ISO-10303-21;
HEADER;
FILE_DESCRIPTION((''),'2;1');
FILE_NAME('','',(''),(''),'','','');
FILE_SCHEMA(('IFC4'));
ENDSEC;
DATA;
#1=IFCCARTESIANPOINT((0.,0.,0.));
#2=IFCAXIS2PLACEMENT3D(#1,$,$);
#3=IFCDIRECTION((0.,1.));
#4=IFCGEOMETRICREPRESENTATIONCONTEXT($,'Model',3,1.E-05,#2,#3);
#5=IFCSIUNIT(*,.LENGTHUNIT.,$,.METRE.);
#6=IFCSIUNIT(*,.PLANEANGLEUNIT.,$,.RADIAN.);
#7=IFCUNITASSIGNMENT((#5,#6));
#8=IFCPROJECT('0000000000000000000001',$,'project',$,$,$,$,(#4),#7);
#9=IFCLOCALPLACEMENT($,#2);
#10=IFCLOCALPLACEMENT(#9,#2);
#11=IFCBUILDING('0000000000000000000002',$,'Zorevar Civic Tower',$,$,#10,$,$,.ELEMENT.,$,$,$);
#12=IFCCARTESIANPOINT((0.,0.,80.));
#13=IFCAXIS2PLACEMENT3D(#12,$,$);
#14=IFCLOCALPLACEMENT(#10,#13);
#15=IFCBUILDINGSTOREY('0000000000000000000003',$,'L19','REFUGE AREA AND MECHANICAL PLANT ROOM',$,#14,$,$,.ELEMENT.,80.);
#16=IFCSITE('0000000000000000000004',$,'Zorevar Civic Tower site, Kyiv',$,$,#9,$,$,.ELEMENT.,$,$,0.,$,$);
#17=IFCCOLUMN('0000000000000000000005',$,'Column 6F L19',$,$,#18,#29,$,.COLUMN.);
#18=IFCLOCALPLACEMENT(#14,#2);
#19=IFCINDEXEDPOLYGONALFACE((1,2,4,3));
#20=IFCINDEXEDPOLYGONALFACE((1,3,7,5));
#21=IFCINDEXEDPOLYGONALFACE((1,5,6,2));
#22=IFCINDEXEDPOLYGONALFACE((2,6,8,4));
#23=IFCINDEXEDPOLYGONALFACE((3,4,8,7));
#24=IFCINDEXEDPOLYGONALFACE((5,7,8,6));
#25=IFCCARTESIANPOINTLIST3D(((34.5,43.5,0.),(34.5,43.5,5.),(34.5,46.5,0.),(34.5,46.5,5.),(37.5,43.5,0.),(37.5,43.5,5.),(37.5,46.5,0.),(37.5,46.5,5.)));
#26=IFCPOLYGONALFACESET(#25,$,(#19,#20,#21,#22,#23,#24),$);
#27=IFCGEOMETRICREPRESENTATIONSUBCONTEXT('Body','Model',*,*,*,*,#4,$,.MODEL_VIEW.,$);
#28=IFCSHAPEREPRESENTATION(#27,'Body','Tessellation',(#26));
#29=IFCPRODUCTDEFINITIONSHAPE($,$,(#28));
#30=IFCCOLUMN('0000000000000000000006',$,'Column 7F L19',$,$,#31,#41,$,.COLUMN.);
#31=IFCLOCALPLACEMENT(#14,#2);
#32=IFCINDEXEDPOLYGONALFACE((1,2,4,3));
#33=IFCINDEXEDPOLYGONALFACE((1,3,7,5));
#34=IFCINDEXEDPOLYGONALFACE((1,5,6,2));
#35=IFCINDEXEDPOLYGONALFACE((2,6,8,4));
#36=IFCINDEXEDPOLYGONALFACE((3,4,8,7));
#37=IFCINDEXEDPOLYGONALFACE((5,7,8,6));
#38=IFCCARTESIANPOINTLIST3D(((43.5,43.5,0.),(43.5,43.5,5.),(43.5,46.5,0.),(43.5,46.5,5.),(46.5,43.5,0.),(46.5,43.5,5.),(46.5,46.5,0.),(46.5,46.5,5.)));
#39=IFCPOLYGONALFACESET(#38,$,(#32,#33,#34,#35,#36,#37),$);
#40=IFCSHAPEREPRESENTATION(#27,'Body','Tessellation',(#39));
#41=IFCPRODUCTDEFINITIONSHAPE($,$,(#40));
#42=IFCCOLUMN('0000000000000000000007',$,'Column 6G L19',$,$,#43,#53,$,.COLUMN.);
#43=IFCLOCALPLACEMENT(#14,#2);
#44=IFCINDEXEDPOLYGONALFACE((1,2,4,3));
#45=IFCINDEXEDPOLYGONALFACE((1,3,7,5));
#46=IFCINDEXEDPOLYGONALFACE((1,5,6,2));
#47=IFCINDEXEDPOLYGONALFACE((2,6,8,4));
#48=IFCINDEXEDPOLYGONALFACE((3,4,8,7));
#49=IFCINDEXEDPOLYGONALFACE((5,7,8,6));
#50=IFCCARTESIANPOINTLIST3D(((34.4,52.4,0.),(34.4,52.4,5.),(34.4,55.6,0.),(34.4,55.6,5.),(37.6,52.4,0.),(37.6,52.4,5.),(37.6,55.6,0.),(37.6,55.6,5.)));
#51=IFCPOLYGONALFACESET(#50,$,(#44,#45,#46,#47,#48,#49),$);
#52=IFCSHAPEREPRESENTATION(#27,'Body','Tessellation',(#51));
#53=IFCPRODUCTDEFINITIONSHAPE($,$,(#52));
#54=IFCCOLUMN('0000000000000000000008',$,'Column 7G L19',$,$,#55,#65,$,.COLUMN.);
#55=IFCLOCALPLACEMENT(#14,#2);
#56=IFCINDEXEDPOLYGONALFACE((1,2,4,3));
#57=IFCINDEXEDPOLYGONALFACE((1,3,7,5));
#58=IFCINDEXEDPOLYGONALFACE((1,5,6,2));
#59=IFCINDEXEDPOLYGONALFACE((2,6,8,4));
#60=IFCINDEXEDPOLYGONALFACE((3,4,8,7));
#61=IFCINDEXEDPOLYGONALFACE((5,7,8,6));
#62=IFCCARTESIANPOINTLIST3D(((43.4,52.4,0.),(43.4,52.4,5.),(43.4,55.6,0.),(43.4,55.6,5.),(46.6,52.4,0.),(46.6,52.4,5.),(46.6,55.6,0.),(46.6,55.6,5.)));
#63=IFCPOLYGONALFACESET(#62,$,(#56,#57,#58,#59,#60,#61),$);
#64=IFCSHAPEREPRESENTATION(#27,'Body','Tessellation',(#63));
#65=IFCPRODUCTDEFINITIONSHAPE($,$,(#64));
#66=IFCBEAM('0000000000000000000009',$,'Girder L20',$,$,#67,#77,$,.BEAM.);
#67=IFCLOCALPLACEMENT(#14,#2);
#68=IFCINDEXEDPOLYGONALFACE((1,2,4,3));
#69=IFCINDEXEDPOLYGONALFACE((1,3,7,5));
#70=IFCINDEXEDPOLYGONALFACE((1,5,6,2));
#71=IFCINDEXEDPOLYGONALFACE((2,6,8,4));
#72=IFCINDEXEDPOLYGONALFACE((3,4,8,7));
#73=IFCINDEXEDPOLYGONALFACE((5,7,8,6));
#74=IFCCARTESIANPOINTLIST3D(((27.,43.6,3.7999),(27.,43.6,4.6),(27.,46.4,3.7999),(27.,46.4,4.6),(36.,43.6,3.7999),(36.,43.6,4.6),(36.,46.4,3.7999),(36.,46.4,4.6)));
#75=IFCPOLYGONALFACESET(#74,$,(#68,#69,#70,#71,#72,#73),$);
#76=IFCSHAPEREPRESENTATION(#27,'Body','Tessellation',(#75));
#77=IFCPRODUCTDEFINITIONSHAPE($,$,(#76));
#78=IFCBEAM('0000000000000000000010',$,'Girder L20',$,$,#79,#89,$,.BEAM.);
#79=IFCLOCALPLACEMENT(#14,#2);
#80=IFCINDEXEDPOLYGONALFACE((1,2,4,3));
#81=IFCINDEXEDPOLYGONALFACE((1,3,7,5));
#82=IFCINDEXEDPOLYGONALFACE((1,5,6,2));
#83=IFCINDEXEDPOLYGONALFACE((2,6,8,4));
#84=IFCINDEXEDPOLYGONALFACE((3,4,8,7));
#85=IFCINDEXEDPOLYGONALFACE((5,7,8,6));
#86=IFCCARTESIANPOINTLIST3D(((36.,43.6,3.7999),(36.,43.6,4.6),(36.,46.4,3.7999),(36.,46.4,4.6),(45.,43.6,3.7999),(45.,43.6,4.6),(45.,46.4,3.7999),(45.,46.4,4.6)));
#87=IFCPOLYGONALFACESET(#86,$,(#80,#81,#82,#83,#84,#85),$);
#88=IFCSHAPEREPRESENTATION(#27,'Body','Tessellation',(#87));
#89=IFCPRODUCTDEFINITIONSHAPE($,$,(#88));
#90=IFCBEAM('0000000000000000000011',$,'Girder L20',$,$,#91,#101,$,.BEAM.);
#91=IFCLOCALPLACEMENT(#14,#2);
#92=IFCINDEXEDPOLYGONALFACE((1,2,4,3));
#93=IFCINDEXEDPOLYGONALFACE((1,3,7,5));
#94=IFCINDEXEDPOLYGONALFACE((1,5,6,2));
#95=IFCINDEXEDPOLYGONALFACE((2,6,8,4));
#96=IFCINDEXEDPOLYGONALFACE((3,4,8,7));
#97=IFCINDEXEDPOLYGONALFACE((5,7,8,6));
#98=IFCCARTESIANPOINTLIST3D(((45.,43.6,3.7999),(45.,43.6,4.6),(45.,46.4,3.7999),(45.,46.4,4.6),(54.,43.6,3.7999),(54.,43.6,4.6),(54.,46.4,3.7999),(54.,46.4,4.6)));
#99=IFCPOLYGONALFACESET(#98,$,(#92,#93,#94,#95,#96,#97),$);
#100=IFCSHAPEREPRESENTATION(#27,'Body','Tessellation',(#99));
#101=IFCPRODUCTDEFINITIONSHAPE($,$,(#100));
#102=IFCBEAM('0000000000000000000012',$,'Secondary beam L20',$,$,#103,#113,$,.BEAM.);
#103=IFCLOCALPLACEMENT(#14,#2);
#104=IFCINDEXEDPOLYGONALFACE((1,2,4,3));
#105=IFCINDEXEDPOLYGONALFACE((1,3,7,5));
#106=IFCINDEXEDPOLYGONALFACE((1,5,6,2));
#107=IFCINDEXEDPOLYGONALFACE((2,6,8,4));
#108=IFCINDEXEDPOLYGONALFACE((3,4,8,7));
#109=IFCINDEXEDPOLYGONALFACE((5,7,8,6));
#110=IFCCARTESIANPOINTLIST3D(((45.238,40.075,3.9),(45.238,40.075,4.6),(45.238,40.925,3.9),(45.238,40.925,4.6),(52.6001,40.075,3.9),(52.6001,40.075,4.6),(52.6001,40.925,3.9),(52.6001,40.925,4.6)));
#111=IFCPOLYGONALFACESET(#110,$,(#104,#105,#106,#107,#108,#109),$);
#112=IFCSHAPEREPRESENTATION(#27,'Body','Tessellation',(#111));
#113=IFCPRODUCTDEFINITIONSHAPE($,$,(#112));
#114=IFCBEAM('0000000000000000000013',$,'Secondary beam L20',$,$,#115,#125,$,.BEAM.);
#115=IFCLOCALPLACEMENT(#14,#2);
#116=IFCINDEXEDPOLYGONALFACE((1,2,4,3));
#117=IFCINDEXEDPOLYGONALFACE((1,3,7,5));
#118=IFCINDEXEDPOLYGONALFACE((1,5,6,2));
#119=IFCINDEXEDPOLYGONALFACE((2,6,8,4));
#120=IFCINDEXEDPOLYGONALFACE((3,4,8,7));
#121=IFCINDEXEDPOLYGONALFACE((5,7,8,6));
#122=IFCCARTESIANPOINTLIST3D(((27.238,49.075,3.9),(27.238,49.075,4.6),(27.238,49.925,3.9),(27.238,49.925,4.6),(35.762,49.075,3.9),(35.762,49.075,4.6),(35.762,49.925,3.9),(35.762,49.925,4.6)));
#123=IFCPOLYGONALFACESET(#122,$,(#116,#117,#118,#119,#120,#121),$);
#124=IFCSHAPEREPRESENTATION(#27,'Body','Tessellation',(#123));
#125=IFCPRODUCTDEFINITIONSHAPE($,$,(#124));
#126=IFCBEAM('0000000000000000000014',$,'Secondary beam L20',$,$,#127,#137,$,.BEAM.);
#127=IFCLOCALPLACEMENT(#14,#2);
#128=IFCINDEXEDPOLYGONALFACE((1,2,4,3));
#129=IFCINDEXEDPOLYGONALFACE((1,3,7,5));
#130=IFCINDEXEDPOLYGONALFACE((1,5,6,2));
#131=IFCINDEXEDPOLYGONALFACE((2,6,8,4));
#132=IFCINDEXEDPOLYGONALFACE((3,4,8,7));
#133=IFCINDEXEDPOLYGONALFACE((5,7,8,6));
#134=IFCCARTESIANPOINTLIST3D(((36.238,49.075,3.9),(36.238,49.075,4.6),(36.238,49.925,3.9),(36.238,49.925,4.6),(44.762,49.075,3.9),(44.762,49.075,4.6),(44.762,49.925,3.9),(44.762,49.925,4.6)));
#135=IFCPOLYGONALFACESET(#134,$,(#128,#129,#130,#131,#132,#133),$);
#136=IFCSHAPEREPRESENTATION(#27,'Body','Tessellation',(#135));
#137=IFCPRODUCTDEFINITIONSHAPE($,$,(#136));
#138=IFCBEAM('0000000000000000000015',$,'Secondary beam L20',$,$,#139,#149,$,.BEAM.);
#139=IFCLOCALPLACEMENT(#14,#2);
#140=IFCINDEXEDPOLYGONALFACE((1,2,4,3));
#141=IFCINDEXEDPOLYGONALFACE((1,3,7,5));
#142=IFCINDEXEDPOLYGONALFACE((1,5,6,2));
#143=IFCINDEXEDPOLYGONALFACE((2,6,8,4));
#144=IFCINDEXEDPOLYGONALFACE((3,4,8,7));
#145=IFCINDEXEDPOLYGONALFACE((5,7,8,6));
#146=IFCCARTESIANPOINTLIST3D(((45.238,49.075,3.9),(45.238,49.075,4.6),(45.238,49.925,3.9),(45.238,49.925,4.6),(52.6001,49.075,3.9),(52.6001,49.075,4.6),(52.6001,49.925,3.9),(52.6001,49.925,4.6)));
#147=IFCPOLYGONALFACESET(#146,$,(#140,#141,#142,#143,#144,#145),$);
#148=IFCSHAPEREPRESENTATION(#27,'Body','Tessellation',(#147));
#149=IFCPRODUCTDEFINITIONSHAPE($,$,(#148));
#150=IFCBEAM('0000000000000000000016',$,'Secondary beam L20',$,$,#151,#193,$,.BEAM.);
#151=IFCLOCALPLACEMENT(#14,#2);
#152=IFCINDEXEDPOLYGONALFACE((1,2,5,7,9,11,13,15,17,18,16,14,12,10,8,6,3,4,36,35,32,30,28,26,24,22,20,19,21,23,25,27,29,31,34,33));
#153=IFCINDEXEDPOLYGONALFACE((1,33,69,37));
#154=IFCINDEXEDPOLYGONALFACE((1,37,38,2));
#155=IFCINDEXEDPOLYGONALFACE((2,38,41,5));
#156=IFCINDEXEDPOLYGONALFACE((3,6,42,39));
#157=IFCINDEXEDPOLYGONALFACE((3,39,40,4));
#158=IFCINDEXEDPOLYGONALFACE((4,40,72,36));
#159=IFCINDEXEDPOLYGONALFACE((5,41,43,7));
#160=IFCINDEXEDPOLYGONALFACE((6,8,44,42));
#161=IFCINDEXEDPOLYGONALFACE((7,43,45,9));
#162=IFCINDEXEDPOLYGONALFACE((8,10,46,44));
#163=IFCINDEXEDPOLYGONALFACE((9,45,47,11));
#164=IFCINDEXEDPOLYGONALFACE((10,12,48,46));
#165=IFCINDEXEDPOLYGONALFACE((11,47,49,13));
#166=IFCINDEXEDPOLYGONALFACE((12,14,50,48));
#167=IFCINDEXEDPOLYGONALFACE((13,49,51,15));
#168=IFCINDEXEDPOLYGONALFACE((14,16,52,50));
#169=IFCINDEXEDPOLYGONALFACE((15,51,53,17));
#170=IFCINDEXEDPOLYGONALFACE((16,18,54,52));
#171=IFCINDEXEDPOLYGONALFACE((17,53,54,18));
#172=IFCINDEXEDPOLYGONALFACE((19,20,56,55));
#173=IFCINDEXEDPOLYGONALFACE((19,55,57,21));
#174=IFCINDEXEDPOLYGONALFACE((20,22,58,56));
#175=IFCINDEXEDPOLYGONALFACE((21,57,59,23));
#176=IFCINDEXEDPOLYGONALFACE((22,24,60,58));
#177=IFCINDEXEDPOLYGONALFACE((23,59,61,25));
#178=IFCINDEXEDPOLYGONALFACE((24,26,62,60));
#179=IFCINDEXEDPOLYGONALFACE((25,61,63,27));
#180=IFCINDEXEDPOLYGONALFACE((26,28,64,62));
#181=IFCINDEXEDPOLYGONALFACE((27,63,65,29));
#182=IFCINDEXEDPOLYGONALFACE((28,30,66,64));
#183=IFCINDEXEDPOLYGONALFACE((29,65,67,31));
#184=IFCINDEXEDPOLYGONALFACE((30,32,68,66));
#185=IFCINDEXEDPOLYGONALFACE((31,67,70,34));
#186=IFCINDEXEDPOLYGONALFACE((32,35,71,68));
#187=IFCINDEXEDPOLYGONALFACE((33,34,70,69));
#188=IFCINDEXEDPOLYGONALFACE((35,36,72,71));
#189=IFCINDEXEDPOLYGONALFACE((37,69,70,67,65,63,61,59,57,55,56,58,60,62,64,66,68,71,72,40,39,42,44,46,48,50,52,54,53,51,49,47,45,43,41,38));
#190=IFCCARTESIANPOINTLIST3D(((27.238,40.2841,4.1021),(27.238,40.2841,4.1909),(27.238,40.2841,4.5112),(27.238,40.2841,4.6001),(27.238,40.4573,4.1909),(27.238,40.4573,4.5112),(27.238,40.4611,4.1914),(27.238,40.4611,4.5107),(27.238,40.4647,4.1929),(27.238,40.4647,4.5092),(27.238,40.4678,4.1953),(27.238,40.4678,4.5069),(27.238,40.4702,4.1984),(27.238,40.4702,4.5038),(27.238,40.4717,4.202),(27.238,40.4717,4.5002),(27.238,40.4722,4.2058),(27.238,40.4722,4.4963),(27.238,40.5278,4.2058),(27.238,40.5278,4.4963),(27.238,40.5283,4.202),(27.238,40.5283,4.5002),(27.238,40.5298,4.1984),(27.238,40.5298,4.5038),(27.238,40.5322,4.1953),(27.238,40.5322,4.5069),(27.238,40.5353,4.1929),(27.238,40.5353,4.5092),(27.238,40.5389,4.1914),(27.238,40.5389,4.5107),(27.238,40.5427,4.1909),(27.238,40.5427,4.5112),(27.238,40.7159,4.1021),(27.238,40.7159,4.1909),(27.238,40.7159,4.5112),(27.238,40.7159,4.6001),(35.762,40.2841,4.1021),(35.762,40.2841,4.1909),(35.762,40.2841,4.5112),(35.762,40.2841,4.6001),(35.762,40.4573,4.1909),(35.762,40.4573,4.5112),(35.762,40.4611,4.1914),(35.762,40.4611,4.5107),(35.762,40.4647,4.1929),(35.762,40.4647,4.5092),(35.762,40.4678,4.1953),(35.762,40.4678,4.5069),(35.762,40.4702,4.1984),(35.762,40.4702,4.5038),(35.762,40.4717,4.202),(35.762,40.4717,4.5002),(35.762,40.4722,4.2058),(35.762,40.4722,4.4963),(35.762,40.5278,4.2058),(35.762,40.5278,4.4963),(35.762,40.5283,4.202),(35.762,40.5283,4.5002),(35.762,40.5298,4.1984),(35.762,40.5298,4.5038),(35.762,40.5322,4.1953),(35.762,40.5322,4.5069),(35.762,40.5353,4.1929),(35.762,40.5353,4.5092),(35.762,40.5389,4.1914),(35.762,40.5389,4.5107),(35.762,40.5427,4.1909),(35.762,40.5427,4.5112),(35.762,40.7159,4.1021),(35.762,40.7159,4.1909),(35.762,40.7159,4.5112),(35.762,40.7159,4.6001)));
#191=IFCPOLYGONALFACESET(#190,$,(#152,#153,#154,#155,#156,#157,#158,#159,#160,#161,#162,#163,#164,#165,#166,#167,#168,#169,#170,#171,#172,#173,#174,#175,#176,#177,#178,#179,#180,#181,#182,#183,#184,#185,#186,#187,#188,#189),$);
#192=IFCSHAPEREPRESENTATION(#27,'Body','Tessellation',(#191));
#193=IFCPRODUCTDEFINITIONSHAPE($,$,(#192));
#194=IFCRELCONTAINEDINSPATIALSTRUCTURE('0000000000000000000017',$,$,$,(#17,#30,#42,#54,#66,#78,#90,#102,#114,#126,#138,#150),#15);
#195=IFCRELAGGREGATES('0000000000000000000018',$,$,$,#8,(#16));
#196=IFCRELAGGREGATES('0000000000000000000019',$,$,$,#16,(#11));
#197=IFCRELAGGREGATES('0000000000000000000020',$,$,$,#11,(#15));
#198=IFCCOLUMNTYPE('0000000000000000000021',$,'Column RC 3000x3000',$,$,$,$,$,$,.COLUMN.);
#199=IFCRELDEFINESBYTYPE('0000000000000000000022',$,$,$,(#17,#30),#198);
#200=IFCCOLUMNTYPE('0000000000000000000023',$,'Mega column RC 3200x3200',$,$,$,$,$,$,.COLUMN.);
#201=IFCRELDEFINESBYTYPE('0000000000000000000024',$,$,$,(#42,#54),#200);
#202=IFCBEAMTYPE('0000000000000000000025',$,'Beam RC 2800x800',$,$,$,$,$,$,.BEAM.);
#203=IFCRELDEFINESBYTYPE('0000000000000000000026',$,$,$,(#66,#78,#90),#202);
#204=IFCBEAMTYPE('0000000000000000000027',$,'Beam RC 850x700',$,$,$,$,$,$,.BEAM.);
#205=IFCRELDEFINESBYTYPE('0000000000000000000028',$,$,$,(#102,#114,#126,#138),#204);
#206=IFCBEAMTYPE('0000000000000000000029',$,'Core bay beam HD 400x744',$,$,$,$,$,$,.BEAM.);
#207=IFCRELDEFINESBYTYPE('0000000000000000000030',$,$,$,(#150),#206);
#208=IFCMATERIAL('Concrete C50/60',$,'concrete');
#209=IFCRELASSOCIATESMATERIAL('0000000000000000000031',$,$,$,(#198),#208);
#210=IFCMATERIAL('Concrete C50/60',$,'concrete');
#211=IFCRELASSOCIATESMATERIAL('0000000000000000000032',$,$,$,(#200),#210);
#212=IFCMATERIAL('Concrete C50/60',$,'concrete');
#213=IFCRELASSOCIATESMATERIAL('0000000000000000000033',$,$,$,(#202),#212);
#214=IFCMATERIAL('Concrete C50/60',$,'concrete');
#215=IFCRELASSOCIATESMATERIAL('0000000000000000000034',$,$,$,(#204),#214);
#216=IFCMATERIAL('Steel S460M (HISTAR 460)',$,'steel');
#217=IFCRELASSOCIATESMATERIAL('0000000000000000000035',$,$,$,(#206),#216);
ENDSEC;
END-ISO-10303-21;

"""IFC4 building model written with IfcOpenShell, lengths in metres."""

from ifc_helpers import new_model, si_unit, direction, frame, origin, origin_2d, place, context, subcontext, project, spatial, rectangle, i_section, extrude, material, material_profile, profile_set, type_object, element, save


model = new_model("IFC4")

# Units and contexts
model_context = context("Model", 3, precision=1e-05, world=origin(), true_north=direction((0.0, 1.0)))
body_context = subcontext(model_context, "Body", "Model", "MODEL_VIEW")
ifc_project = project(units=[si_unit("LENGTHUNIT", "METRE"), si_unit("PLANEANGLEUNIT", "RADIAN")], contexts=[model_context])

# Site, building, storey
site_placement = place(None, origin())
site = spatial("IfcSite", under=ifc_project, at=site_placement, Name="Zorevar Civic Tower site, Kyiv", CompositionType="ELEMENT", RefElevation=0.0)
building_placement = place(site_placement, origin())
building = spatial("IfcBuilding", under=site, at=building_placement, Name="Zorevar Civic Tower", CompositionType="ELEMENT")
storey_placement = place(building_placement, frame((0.0, 0.0, 80.0)))
storey = spatial("IfcBuildingStorey", under=building, at=storey_placement, Name="L19", Description="REFUGE AREA AND MECHANICAL PLANT ROOM", CompositionType="ELEMENT", Elevation=80.0)

# Columns
ifc_material_1 = material(Name="Concrete C50/60", Category="concrete")
ifc_material_profile_1 = material_profile(ifc_material_1, rectangle(XDim=3.0, YDim=3.0, at=origin_2d()), Name="RC 3000x3000")
ifc_profile_set_1 = profile_set([ifc_material_profile_1], Name="Concrete C50/60")
column_type_1 = type_object("IfcColumnType", Name="Column RC 3000x3000", PredefinedType="COLUMN", material=ifc_profile_set_1)
for number, where, z_axis, x_axis, name in (
    (1, (36.0, 45.0, 0.0), (0.0, 0.0, 1.0), (1.0, 0.0, 0.0), "Column 6F L19"),
    (2, (45.0, 45.0, 0.0), (0.0, 0.0, 1.0), (1.0, 0.0, 0.0), "Column 7F L19"),
):
    element("IfcColumn", number, at=place(storey_placement, frame(where, z_axis=z_axis, x_axis=x_axis)), inside=storey, type_object=column_type_1, Name=name, PredefinedType="COLUMN", context=body_context, shape_type="SweptSolid", body=[
        extrude(rectangle(XDim=3.0, YDim=3.0, at=origin_2d()), origin(), (0.0, 0.0, 1.0), 5.0),
    ])
ifc_material_2 = material(Name="Concrete C50/60", Category="concrete")
ifc_material_profile_2 = material_profile(ifc_material_2, rectangle(XDim=3.2, YDim=3.2, at=origin_2d()), Name="RC 3200x3200")
ifc_profile_set_2 = profile_set([ifc_material_profile_2], Name="Concrete C50/60")
column_type_2 = type_object("IfcColumnType", Name="Mega column RC 3200x3200", PredefinedType="COLUMN", material=ifc_profile_set_2)
for number, where, z_axis, x_axis, name in (
    (3, (36.0, 54.0, 0.0), (0.0, 0.0, 1.0), (1.0, 0.0, 0.0), "Column 6G L19"),
    (4, (45.0, 54.0, 0.0), (0.0, 0.0, 1.0), (1.0, 0.0, 0.0), "Column 7G L19"),
):
    element("IfcColumn", number, at=place(storey_placement, frame(where, z_axis=z_axis, x_axis=x_axis)), inside=storey, type_object=column_type_2, Name=name, PredefinedType="COLUMN", context=body_context, shape_type="SweptSolid", body=[
        extrude(rectangle(XDim=3.2, YDim=3.2, at=origin_2d()), origin(), (0.0, 0.0, 1.0), 5.0),
    ])

# Beams
ifc_material_3 = material(Name="Concrete C50/60", Category="concrete")
ifc_material_profile_3 = material_profile(ifc_material_3, rectangle(XDim=2.8, YDim=0.8, at=origin_2d()), Name="RC 2800x800")
ifc_profile_set_3 = profile_set([ifc_material_profile_3], Name="Concrete C50/60")
beam_type_1 = type_object("IfcBeamType", Name="Beam RC 2800x800", PredefinedType="BEAM", material=ifc_profile_set_3)
for number, where, z_axis, x_axis, name in (
    (5, (27.0, 45.0, 4.2), (1.0, 0.0, 0.0), (0.0, 1.0, 0.0), "Girder L20"),
    (6, (36.0, 45.0, 4.2), (1.0, 0.0, 0.0), (0.0, 1.0, 0.0), "Girder L20"),
    (7, (45.0, 45.0, 4.2), (1.0, 0.0, 0.0), (0.0, 1.0, 0.0), "Girder L20"),
):
    element("IfcBeam", number, at=place(storey_placement, frame(where, z_axis=z_axis, x_axis=x_axis)), inside=storey, type_object=beam_type_1, Name=name, PredefinedType="BEAM", context=body_context, shape_type="SweptSolid", body=[
        extrude(rectangle(XDim=2.8, YDim=0.8, at=origin_2d()), origin(), (0.0, 0.0, 1.0), 9.0),
    ])
ifc_material_4 = material(Name="Concrete C50/60", Category="concrete")
ifc_material_profile_4 = material_profile(ifc_material_4, rectangle(XDim=0.8501, YDim=0.7, at=origin_2d()), Name="RC 850x700")
ifc_profile_set_4 = profile_set([ifc_material_profile_4], Name="Concrete C50/60")
beam_type_2 = type_object("IfcBeamType", Name="Beam RC 850x700", PredefinedType="BEAM", material=ifc_profile_set_4)
beam_1_placement = place(storey_placement, frame((45.238, 40.5, 4.25), z_axis=(1.0, 0.0, 0.0), x_axis=(0.0, 1.0, 0.0)))
element("IfcBeam", 8, at=beam_1_placement, inside=storey, type_object=beam_type_2, Name="Secondary beam L20", PredefinedType="BEAM", context=body_context, shape_type="SweptSolid", body=[
    extrude(rectangle(XDim=0.8501, YDim=0.7, at=origin_2d()), origin(), (0.0, 0.0, 1.0), 7.3621),
])
for number, where, z_axis, x_axis, name in (
    (9, (27.238, 49.5, 4.25), (1.0, 0.0, 0.0), (0.0, 1.0, 0.0), "Secondary beam L20"),
    (10, (36.238, 49.5, 4.25), (1.0, 0.0, 0.0), (0.0, 1.0, 0.0), "Secondary beam L20"),
):
    element("IfcBeam", number, at=place(storey_placement, frame(where, z_axis=z_axis, x_axis=x_axis)), inside=storey, type_object=beam_type_2, Name=name, PredefinedType="BEAM", context=body_context, shape_type="SweptSolid", body=[
        extrude(rectangle(XDim=0.8501, YDim=0.7, at=origin_2d()), origin(), (0.0, 0.0, 1.0), 8.5239),
    ])
beam_2_placement = place(storey_placement, frame((45.238, 49.5, 4.25), z_axis=(1.0, 0.0, 0.0), x_axis=(0.0, 1.0, 0.0)))
element("IfcBeam", 11, at=beam_2_placement, inside=storey, type_object=beam_type_2, Name="Secondary beam L20", PredefinedType="BEAM", context=body_context, shape_type="SweptSolid", body=[
    extrude(rectangle(XDim=0.8501, YDim=0.7, at=origin_2d()), origin(), (0.0, 0.0, 1.0), 7.3621),
])
ifc_material_5 = material(Name="Steel S460M (HISTAR 460)", Category="steel")
ifc_material_profile_5 = material_profile(ifc_material_5, i_section(OverallWidth=0.4319, OverallDepth=0.498, WebThickness=0.0557, FlangeThickness=0.0889, FilletRadius=0.0149, at=origin_2d()), Name="HD 400x744")
ifc_profile_set_5 = profile_set([ifc_material_profile_5], Name="Steel S460M (HISTAR 460)")
beam_type_3 = type_object("IfcBeamType", Name="Core bay beam HD 400x744", PredefinedType="BEAM", material=ifc_profile_set_5)
for number, where, z_axis, x_axis, name in (
    (12, (27.238, 40.5, 4.3511), (1.0, 0.0, 0.0), (0.0, 1.0, 0.0), "Secondary beam L20"),
):
    element("IfcBeam", number, at=place(storey_placement, frame(where, z_axis=z_axis, x_axis=x_axis)), inside=storey, type_object=beam_type_3, Name=name, PredefinedType="BEAM", context=body_context, shape_type="SweptSolid", body=[
        extrude(i_section(OverallWidth=0.4319, OverallDepth=0.498, WebThickness=0.0557, FlangeThickness=0.0889, FilletRadius=0.0149, at=origin_2d()), origin(), (0.0, 0.0, 1.0), 8.5239),
    ])

save(model, "model.ifc")
